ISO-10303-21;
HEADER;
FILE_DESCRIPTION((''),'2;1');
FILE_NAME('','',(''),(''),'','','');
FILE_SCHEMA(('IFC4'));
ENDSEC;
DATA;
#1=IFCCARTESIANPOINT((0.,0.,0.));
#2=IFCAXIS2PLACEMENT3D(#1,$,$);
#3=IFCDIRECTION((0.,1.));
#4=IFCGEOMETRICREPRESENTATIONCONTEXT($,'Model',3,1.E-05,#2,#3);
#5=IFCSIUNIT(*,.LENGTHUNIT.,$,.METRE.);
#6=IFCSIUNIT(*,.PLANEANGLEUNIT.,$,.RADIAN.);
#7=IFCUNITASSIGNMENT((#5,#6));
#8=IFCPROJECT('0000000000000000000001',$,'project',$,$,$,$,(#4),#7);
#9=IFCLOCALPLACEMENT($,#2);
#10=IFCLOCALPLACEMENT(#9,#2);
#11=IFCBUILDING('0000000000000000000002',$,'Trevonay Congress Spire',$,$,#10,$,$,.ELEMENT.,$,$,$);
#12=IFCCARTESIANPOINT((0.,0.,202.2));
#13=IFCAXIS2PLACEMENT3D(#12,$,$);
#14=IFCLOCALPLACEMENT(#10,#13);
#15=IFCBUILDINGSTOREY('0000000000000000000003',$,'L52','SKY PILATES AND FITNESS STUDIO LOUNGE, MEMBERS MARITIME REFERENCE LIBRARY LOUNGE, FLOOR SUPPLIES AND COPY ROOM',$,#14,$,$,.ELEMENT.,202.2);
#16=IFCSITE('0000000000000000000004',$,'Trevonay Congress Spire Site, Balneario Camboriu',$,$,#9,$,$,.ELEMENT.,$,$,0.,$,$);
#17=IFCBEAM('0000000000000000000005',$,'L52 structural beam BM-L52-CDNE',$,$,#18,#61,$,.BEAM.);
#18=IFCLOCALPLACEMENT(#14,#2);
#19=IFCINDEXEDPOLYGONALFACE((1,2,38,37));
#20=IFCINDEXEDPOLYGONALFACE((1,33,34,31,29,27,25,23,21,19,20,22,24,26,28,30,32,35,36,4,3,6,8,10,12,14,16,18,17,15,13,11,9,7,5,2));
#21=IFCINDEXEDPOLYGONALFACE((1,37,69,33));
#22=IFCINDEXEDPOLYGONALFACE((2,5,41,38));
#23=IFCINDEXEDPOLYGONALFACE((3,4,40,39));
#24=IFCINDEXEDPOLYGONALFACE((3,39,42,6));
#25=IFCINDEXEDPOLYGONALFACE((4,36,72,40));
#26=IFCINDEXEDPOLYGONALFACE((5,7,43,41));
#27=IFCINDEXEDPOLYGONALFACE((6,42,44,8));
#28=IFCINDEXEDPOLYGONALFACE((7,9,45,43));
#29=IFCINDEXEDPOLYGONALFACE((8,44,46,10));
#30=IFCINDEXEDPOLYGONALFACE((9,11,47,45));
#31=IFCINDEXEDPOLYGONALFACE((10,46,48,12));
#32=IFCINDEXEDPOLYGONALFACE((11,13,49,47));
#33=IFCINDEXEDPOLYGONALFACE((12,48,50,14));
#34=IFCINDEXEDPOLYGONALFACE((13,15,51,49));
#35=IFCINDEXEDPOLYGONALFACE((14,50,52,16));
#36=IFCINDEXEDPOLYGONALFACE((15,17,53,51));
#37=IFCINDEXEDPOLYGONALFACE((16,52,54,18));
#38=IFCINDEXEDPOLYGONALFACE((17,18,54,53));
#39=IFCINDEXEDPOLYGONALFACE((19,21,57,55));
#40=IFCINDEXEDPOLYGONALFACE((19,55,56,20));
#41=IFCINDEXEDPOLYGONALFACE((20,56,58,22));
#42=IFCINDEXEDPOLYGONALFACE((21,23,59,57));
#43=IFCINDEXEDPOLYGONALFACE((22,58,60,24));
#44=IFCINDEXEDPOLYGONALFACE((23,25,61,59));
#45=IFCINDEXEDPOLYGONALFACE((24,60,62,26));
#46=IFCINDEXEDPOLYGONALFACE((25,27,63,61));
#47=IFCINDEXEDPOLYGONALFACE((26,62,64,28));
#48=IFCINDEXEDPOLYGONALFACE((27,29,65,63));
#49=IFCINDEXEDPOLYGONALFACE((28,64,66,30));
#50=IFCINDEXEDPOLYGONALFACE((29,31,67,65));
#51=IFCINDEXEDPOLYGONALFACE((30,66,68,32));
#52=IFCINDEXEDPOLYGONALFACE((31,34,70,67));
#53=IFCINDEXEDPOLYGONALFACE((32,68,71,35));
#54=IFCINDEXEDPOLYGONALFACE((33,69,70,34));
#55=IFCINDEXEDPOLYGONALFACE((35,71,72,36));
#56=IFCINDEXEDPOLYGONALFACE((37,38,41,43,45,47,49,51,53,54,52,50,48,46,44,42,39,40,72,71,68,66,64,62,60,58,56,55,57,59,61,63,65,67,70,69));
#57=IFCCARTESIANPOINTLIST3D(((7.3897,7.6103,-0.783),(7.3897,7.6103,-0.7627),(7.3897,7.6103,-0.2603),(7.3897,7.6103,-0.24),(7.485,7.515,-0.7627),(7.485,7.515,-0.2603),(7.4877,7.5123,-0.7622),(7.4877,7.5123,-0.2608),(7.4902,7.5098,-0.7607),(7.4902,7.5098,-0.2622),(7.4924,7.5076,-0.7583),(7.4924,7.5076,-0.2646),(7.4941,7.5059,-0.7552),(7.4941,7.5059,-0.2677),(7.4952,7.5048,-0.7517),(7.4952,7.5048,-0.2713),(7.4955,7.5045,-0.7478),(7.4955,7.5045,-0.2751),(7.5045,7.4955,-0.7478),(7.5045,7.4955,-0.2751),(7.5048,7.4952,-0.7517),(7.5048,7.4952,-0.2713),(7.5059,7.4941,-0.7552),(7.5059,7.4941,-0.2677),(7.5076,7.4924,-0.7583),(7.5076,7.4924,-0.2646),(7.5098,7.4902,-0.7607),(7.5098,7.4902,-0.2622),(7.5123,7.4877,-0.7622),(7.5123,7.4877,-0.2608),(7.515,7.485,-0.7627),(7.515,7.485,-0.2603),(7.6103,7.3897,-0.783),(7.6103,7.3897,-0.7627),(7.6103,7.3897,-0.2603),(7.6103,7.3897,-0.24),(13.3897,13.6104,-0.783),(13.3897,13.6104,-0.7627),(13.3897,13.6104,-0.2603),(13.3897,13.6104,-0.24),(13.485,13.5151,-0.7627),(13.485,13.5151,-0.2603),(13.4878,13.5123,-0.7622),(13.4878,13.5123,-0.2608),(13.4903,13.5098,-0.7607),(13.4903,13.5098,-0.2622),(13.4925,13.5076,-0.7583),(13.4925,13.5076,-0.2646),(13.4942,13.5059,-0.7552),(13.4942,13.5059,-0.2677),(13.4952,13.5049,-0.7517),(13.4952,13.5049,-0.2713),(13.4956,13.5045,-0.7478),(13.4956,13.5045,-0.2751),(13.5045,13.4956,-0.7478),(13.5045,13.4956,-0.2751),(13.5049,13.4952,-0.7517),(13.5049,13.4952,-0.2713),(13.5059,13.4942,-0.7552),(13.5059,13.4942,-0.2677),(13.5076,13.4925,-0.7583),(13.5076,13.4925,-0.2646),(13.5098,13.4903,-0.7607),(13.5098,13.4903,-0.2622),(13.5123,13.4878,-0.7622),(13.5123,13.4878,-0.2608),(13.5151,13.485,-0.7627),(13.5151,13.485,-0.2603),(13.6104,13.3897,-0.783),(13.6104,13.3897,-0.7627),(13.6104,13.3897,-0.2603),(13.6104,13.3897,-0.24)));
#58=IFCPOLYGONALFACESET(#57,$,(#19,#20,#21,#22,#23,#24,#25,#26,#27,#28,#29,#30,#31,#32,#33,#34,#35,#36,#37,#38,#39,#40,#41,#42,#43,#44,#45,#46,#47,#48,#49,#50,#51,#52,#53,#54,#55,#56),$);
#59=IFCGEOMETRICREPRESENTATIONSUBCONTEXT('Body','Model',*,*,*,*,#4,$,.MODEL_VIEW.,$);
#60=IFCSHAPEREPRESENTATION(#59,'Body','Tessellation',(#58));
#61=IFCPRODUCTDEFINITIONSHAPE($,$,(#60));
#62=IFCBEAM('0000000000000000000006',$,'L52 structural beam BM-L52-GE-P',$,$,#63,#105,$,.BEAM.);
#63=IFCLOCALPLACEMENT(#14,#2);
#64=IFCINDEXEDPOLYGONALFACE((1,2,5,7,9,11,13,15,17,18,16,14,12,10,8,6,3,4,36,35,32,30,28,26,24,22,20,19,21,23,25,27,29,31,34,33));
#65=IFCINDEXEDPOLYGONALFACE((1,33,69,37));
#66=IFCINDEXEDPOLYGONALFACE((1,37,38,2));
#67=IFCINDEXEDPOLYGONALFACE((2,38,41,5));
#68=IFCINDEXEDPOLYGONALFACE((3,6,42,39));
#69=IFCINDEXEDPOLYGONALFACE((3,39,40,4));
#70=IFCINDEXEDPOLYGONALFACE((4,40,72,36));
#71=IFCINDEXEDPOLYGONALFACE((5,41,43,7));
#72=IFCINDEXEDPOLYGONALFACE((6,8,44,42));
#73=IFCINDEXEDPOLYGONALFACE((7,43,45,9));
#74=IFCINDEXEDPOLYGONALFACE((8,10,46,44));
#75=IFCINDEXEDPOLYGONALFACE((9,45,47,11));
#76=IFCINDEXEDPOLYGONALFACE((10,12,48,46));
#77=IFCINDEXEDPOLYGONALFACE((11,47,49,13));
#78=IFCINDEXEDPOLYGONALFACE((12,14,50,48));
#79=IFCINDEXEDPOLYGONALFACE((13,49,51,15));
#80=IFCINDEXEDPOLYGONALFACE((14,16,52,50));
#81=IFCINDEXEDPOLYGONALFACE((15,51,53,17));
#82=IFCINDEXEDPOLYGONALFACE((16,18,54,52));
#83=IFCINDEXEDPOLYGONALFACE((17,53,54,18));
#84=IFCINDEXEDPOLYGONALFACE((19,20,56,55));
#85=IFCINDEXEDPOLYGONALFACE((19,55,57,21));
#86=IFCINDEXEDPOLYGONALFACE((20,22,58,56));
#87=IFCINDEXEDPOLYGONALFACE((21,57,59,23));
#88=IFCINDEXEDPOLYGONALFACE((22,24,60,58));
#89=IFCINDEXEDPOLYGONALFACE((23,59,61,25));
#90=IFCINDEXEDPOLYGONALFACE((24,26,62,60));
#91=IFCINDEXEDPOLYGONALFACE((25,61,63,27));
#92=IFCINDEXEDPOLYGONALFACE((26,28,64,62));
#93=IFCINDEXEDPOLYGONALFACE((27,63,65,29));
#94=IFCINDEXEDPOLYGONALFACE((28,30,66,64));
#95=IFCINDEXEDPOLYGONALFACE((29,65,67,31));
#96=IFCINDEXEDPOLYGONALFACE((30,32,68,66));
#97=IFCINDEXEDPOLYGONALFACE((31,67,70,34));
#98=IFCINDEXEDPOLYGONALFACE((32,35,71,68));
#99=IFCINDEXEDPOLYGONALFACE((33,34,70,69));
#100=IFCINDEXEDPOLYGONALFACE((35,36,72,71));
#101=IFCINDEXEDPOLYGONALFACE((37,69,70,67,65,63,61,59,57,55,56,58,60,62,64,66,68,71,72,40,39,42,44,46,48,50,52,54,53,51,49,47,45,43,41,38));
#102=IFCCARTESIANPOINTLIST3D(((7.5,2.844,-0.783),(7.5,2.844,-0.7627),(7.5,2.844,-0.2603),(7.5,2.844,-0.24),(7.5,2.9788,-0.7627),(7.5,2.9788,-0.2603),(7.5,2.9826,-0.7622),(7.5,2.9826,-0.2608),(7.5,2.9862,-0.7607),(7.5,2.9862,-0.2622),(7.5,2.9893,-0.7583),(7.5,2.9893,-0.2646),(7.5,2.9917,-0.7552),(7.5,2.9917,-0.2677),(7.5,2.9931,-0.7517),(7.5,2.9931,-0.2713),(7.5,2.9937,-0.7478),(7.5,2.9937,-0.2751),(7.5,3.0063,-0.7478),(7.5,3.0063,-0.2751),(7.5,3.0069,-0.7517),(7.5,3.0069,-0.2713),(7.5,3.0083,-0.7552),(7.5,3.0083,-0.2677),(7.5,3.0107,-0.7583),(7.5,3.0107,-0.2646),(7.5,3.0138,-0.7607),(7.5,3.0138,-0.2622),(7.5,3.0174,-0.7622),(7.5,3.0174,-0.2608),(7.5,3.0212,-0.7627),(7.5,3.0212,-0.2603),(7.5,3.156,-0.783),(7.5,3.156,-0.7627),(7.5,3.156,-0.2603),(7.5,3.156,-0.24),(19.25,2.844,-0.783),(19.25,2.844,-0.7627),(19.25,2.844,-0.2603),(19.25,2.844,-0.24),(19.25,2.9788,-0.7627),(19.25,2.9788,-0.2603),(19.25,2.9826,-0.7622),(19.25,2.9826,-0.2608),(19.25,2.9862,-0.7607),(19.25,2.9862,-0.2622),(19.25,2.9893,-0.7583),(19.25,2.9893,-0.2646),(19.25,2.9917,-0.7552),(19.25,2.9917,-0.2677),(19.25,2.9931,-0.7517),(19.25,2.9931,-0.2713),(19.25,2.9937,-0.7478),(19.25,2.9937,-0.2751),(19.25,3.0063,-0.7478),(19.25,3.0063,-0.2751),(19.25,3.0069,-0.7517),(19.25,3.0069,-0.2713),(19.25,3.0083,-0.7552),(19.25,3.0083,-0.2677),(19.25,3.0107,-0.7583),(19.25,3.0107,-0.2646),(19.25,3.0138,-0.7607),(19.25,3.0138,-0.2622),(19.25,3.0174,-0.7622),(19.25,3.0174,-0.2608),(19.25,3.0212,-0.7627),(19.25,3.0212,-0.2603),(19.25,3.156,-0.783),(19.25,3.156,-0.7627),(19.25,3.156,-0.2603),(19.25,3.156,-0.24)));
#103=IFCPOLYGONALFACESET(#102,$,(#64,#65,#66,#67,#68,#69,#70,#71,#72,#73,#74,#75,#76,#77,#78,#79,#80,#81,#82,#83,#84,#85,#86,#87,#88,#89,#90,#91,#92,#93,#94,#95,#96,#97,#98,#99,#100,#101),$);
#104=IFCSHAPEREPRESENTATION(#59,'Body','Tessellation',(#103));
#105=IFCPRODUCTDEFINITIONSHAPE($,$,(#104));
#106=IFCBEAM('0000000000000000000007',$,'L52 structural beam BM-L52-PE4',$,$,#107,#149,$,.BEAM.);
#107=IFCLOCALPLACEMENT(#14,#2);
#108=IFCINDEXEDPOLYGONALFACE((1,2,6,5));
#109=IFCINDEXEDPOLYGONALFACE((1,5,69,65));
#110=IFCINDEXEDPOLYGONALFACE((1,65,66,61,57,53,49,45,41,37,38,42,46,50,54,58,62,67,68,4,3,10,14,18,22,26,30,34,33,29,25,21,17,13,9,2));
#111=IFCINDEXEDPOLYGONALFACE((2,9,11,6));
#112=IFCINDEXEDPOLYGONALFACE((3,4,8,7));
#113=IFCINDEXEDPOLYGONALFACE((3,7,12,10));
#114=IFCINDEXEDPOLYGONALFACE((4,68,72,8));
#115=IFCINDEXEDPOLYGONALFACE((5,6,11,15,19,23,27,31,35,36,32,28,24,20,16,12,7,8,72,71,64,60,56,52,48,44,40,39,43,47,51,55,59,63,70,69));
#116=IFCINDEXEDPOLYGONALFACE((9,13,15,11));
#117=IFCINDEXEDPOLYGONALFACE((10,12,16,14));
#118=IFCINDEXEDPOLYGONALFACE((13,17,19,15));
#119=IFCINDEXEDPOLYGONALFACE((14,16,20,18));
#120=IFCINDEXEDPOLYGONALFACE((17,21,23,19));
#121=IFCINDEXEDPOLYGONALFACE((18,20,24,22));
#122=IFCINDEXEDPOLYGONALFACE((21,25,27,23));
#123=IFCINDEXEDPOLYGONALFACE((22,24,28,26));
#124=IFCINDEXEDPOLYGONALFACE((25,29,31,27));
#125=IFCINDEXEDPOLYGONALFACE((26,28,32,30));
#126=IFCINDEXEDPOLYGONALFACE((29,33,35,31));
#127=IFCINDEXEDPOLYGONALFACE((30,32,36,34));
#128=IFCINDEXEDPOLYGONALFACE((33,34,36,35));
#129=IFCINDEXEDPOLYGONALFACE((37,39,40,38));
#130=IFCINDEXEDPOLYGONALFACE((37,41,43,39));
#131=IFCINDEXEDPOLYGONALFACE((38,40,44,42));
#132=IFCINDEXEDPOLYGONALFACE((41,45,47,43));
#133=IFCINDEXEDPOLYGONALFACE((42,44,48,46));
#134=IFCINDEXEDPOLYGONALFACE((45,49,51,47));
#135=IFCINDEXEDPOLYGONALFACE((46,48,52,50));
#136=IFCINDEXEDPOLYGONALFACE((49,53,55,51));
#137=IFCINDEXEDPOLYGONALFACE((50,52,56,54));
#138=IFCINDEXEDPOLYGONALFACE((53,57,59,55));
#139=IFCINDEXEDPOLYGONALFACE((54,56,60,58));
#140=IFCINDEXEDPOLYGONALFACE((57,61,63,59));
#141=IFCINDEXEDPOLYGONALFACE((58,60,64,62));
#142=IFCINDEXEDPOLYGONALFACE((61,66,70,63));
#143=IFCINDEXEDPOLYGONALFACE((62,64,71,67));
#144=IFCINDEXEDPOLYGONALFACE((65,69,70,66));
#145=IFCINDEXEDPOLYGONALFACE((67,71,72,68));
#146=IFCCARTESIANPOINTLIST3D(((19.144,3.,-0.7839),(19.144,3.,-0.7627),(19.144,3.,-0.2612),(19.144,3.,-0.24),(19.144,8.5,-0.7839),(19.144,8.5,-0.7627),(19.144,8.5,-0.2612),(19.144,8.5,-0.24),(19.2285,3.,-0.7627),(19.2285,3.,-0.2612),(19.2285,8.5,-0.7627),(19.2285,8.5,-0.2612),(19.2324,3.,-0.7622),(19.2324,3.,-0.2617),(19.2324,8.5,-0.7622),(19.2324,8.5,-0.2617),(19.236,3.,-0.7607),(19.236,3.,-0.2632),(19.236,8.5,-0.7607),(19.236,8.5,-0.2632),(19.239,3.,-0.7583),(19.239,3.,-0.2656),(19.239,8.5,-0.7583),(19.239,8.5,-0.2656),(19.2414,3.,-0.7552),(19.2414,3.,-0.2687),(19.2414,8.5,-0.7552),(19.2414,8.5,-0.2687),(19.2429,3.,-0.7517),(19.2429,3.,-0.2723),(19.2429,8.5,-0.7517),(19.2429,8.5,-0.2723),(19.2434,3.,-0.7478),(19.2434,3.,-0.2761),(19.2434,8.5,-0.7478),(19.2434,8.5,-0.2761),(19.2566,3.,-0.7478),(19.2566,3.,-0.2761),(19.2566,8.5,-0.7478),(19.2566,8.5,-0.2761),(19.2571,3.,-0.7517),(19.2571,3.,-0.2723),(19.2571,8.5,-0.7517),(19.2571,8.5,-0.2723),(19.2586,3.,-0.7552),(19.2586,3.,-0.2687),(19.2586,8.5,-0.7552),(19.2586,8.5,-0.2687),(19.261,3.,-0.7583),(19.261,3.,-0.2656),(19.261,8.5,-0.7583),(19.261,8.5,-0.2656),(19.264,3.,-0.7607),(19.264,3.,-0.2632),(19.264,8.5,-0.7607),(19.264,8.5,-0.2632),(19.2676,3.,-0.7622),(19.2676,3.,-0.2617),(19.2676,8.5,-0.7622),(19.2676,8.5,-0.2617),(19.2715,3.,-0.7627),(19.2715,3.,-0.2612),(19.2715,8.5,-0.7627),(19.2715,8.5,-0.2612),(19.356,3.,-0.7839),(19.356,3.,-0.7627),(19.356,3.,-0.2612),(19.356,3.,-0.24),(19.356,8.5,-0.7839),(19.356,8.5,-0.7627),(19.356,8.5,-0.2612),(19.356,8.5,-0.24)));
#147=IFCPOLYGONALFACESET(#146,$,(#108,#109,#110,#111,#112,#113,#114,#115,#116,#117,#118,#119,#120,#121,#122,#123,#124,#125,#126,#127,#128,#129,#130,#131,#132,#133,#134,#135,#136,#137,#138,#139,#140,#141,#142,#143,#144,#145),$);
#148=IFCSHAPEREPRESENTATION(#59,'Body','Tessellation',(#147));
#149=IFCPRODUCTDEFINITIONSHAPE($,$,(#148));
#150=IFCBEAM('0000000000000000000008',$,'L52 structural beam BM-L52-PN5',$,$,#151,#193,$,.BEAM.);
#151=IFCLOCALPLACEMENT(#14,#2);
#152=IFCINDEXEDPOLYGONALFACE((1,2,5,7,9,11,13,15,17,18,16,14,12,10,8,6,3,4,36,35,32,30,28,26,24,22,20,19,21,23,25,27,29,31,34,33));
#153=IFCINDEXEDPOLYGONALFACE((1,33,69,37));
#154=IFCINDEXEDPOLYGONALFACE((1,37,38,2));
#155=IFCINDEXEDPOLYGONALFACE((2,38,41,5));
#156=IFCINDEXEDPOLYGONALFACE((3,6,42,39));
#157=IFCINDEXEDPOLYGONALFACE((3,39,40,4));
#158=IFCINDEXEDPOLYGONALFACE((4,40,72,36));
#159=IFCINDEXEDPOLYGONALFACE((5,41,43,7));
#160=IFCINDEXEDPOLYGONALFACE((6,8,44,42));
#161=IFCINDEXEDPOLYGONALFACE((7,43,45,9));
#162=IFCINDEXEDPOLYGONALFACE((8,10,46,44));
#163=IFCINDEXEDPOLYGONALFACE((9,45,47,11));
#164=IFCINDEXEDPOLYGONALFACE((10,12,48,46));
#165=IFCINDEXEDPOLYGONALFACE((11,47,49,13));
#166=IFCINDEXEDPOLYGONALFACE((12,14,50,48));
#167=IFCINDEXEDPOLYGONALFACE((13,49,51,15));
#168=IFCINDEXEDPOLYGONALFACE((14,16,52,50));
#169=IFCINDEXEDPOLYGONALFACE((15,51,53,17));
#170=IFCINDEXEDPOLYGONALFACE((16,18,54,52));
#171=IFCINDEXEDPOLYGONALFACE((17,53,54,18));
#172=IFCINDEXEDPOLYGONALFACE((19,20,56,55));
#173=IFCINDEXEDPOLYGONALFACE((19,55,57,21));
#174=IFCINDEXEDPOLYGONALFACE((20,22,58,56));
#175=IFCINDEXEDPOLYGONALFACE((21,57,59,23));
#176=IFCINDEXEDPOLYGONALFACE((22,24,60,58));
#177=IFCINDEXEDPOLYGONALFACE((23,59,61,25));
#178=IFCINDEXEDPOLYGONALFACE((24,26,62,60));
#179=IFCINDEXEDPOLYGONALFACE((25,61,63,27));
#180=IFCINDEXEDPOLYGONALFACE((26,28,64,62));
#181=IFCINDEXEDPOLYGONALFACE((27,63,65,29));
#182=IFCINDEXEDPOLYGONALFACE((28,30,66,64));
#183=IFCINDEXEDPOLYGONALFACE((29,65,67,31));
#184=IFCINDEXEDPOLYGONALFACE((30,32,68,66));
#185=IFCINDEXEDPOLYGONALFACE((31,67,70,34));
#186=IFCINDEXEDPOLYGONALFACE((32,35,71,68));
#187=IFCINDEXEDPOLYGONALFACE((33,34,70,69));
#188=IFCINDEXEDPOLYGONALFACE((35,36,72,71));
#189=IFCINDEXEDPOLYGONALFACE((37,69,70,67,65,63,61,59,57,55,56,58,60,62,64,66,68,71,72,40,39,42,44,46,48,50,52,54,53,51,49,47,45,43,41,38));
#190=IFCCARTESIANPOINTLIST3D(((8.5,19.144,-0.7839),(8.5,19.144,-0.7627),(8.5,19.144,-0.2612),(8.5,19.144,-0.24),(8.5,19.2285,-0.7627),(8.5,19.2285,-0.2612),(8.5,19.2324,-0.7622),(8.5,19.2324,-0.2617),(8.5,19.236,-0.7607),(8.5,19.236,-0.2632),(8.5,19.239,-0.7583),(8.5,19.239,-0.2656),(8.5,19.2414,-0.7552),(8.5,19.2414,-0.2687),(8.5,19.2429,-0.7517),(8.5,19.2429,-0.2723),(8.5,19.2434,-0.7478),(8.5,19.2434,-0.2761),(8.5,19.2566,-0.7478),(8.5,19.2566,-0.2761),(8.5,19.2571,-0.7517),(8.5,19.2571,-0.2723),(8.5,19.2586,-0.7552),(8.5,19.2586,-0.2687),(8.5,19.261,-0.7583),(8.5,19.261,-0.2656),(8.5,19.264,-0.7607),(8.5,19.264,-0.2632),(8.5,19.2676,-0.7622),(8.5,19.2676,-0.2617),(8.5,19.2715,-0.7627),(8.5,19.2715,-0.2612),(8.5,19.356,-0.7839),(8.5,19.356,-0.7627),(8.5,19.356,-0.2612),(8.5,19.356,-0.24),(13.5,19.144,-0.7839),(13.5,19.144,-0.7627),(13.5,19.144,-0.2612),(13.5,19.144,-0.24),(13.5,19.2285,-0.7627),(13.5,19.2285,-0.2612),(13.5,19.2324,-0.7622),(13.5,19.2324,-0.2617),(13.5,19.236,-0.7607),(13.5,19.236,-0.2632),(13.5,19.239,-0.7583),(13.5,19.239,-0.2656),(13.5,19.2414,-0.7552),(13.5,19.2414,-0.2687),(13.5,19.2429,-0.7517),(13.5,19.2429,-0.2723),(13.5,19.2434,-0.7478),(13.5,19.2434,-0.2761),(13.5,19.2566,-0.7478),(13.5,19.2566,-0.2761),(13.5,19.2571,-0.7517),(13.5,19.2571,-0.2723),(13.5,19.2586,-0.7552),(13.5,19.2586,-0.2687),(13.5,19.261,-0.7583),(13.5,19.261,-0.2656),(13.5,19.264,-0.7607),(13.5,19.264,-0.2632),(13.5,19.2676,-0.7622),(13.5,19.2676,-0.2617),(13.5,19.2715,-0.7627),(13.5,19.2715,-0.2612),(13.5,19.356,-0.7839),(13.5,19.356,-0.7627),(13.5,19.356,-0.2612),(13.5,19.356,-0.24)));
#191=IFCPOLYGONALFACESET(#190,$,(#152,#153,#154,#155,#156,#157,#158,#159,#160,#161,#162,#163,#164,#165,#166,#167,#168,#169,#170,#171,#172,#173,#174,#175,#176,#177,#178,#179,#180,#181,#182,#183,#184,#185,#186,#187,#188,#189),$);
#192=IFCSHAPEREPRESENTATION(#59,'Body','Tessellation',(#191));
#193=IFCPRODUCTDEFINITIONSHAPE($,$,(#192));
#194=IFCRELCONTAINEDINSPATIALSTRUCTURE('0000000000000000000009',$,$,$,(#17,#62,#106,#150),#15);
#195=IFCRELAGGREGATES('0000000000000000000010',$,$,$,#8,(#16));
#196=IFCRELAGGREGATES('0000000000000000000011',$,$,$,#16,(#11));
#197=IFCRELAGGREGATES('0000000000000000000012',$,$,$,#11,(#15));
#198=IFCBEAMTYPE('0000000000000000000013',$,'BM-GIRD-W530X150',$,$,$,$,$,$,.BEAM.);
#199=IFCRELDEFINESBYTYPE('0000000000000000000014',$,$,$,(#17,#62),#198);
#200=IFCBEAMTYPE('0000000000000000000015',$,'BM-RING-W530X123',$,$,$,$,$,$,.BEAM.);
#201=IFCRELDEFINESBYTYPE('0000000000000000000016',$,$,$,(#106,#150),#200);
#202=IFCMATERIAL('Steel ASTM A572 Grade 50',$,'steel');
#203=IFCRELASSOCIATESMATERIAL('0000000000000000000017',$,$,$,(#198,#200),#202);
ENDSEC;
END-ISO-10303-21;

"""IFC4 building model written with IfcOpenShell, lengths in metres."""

from ifc_helpers import new_model, si_unit, direction, frame, origin, origin_2d, place, context, subcontext, project, spatial, i_section, extrude, material, material_profile, profile_set, type_object, element, save


model = new_model("IFC4")

# Units and contexts
model_context = context("Model", 3, precision=1e-05, world=origin(), true_north=direction((0.0, 1.0)))
body_context = subcontext(model_context, "Body", "Model", "MODEL_VIEW")
ifc_project = project(units=[si_unit("LENGTHUNIT", "METRE"), si_unit("PLANEANGLEUNIT", "RADIAN")], contexts=[model_context])

# Site, building, storey
site_placement = place(None, origin())
site = spatial("IfcSite", under=ifc_project, at=site_placement, Name="Trevonay Congress Spire Site, Balneario Camboriu", CompositionType="ELEMENT", RefElevation=0.0)
building_placement = place(site_placement, origin())
building = spatial("IfcBuilding", under=site, at=building_placement, Name="Trevonay Congress Spire", CompositionType="ELEMENT")
storey_placement = place(building_placement, frame((0.0, 0.0, 202.2)))
storey = spatial("IfcBuildingStorey", under=building, at=storey_placement, Name="L52", Description="SKY PILATES AND FITNESS STUDIO LOUNGE, MEMBERS MARITIME REFERENCE LIBRARY LOUNGE, FLOOR SUPPLIES AND COPY ROOM", CompositionType="ELEMENT", Elevation=202.2)

# Shared definitions
ifc_material_1 = material(Name="Steel ASTM A572 Grade 50", Category="steel")

# Beams
ifc_material_profile_1 = material_profile(ifc_material_1, i_section(OverallWidth=0.312, OverallDepth=0.543, WebThickness=0.0127, FlangeThickness=0.0203, FilletRadius=0.0149, at=origin_2d()), Name="W530x150")
ifc_profile_set_1 = profile_set([ifc_material_profile_1], Name="Steel ASTM A572 Grade 50")
beam_type_1 = type_object("IfcBeamType", Name="BM-GIRD-W530X150", PredefinedType="BEAM", material=ifc_profile_set_1)
beam_1_placement = place(storey_placement, frame((7.5, 7.5, -0.5115), z_axis=(0.707107, 0.707107, 0.0), x_axis=(-0.707107, 0.707107, 0.0)))
element("IfcBeam", 1, at=beam_1_placement, inside=storey, type_object=beam_type_1, Name="L52 structural beam BM-L52-CDNE", PredefinedType="BEAM", context=body_context, shape_type="SweptSolid", body=[
    extrude(i_section(OverallWidth=0.312, OverallDepth=0.543, WebThickness=0.0127, FlangeThickness=0.0203, FilletRadius=0.0149, at=origin_2d()), origin(), (0.0, 0.0, 1.0), 8.4854),
])
beam_2_placement = place(storey_placement, frame((7.5, 3.0, -0.5115), z_axis=(1.0, 0.0, 0.0), x_axis=(0.0, 1.0, 0.0)))
element("IfcBeam", 2, at=beam_2_placement, inside=storey, type_object=beam_type_1, Name="L52 structural beam BM-L52-GE-P", PredefinedType="BEAM", context=body_context, shape_type="SweptSolid", body=[
    extrude(i_section(OverallWidth=0.312, OverallDepth=0.543, WebThickness=0.0127, FlangeThickness=0.0203, FilletRadius=0.0149, at=origin_2d()), origin(), (0.0, 0.0, 1.0), 11.75),
])
ifc_material_profile_2 = material_profile(ifc_material_1, i_section(OverallWidth=0.2119, OverallDepth=0.5439, WebThickness=0.0132, FlangeThickness=0.0212, FilletRadius=0.0149, at=origin_2d()), Name="W530x123")
ifc_profile_set_2 = profile_set([ifc_material_profile_2], Name="Steel ASTM A572 Grade 50")
beam_type_2 = type_object("IfcBeamType", Name="BM-RING-W530X123", PredefinedType="BEAM", material=ifc_profile_set_2)
beam_3_placement = place(storey_placement, frame((19.25, 3.0, -0.512), z_axis=(0.0, 1.0, 0.0), x_axis=(-1.0, 0.0, 0.0)))
element("IfcBeam", 3, at=beam_3_placement, inside=storey, type_object=beam_type_2, Name="L52 structural beam BM-L52-PE4", PredefinedType="BEAM", context=body_context, shape_type="SweptSolid", body=[
    extrude(i_section(OverallWidth=0.2119, OverallDepth=0.5439, WebThickness=0.0132, FlangeThickness=0.0212, FilletRadius=0.0149, at=origin_2d()), origin(), (0.0, 0.0, 1.0), 5.5),
])
for number, where, z_axis, x_axis, name in (
    (4, (8.5, 19.25, -0.512), (1.0, 0.0, 0.0), (0.0, 1.0, 0.0), "L52 structural beam BM-L52-PN5"),
):
    element("IfcBeam", number, at=place(storey_placement, frame(where, z_axis=z_axis, x_axis=x_axis)), inside=storey, type_object=beam_type_2, Name=name, PredefinedType="BEAM", context=body_context, shape_type="SweptSolid", body=[
        extrude(i_section(OverallWidth=0.2119, OverallDepth=0.5439, WebThickness=0.0132, FlangeThickness=0.0212, FilletRadius=0.0149, at=origin_2d()), origin(), (0.0, 0.0, 1.0), 5.0),
    ])

save(model, "model.ifc")
